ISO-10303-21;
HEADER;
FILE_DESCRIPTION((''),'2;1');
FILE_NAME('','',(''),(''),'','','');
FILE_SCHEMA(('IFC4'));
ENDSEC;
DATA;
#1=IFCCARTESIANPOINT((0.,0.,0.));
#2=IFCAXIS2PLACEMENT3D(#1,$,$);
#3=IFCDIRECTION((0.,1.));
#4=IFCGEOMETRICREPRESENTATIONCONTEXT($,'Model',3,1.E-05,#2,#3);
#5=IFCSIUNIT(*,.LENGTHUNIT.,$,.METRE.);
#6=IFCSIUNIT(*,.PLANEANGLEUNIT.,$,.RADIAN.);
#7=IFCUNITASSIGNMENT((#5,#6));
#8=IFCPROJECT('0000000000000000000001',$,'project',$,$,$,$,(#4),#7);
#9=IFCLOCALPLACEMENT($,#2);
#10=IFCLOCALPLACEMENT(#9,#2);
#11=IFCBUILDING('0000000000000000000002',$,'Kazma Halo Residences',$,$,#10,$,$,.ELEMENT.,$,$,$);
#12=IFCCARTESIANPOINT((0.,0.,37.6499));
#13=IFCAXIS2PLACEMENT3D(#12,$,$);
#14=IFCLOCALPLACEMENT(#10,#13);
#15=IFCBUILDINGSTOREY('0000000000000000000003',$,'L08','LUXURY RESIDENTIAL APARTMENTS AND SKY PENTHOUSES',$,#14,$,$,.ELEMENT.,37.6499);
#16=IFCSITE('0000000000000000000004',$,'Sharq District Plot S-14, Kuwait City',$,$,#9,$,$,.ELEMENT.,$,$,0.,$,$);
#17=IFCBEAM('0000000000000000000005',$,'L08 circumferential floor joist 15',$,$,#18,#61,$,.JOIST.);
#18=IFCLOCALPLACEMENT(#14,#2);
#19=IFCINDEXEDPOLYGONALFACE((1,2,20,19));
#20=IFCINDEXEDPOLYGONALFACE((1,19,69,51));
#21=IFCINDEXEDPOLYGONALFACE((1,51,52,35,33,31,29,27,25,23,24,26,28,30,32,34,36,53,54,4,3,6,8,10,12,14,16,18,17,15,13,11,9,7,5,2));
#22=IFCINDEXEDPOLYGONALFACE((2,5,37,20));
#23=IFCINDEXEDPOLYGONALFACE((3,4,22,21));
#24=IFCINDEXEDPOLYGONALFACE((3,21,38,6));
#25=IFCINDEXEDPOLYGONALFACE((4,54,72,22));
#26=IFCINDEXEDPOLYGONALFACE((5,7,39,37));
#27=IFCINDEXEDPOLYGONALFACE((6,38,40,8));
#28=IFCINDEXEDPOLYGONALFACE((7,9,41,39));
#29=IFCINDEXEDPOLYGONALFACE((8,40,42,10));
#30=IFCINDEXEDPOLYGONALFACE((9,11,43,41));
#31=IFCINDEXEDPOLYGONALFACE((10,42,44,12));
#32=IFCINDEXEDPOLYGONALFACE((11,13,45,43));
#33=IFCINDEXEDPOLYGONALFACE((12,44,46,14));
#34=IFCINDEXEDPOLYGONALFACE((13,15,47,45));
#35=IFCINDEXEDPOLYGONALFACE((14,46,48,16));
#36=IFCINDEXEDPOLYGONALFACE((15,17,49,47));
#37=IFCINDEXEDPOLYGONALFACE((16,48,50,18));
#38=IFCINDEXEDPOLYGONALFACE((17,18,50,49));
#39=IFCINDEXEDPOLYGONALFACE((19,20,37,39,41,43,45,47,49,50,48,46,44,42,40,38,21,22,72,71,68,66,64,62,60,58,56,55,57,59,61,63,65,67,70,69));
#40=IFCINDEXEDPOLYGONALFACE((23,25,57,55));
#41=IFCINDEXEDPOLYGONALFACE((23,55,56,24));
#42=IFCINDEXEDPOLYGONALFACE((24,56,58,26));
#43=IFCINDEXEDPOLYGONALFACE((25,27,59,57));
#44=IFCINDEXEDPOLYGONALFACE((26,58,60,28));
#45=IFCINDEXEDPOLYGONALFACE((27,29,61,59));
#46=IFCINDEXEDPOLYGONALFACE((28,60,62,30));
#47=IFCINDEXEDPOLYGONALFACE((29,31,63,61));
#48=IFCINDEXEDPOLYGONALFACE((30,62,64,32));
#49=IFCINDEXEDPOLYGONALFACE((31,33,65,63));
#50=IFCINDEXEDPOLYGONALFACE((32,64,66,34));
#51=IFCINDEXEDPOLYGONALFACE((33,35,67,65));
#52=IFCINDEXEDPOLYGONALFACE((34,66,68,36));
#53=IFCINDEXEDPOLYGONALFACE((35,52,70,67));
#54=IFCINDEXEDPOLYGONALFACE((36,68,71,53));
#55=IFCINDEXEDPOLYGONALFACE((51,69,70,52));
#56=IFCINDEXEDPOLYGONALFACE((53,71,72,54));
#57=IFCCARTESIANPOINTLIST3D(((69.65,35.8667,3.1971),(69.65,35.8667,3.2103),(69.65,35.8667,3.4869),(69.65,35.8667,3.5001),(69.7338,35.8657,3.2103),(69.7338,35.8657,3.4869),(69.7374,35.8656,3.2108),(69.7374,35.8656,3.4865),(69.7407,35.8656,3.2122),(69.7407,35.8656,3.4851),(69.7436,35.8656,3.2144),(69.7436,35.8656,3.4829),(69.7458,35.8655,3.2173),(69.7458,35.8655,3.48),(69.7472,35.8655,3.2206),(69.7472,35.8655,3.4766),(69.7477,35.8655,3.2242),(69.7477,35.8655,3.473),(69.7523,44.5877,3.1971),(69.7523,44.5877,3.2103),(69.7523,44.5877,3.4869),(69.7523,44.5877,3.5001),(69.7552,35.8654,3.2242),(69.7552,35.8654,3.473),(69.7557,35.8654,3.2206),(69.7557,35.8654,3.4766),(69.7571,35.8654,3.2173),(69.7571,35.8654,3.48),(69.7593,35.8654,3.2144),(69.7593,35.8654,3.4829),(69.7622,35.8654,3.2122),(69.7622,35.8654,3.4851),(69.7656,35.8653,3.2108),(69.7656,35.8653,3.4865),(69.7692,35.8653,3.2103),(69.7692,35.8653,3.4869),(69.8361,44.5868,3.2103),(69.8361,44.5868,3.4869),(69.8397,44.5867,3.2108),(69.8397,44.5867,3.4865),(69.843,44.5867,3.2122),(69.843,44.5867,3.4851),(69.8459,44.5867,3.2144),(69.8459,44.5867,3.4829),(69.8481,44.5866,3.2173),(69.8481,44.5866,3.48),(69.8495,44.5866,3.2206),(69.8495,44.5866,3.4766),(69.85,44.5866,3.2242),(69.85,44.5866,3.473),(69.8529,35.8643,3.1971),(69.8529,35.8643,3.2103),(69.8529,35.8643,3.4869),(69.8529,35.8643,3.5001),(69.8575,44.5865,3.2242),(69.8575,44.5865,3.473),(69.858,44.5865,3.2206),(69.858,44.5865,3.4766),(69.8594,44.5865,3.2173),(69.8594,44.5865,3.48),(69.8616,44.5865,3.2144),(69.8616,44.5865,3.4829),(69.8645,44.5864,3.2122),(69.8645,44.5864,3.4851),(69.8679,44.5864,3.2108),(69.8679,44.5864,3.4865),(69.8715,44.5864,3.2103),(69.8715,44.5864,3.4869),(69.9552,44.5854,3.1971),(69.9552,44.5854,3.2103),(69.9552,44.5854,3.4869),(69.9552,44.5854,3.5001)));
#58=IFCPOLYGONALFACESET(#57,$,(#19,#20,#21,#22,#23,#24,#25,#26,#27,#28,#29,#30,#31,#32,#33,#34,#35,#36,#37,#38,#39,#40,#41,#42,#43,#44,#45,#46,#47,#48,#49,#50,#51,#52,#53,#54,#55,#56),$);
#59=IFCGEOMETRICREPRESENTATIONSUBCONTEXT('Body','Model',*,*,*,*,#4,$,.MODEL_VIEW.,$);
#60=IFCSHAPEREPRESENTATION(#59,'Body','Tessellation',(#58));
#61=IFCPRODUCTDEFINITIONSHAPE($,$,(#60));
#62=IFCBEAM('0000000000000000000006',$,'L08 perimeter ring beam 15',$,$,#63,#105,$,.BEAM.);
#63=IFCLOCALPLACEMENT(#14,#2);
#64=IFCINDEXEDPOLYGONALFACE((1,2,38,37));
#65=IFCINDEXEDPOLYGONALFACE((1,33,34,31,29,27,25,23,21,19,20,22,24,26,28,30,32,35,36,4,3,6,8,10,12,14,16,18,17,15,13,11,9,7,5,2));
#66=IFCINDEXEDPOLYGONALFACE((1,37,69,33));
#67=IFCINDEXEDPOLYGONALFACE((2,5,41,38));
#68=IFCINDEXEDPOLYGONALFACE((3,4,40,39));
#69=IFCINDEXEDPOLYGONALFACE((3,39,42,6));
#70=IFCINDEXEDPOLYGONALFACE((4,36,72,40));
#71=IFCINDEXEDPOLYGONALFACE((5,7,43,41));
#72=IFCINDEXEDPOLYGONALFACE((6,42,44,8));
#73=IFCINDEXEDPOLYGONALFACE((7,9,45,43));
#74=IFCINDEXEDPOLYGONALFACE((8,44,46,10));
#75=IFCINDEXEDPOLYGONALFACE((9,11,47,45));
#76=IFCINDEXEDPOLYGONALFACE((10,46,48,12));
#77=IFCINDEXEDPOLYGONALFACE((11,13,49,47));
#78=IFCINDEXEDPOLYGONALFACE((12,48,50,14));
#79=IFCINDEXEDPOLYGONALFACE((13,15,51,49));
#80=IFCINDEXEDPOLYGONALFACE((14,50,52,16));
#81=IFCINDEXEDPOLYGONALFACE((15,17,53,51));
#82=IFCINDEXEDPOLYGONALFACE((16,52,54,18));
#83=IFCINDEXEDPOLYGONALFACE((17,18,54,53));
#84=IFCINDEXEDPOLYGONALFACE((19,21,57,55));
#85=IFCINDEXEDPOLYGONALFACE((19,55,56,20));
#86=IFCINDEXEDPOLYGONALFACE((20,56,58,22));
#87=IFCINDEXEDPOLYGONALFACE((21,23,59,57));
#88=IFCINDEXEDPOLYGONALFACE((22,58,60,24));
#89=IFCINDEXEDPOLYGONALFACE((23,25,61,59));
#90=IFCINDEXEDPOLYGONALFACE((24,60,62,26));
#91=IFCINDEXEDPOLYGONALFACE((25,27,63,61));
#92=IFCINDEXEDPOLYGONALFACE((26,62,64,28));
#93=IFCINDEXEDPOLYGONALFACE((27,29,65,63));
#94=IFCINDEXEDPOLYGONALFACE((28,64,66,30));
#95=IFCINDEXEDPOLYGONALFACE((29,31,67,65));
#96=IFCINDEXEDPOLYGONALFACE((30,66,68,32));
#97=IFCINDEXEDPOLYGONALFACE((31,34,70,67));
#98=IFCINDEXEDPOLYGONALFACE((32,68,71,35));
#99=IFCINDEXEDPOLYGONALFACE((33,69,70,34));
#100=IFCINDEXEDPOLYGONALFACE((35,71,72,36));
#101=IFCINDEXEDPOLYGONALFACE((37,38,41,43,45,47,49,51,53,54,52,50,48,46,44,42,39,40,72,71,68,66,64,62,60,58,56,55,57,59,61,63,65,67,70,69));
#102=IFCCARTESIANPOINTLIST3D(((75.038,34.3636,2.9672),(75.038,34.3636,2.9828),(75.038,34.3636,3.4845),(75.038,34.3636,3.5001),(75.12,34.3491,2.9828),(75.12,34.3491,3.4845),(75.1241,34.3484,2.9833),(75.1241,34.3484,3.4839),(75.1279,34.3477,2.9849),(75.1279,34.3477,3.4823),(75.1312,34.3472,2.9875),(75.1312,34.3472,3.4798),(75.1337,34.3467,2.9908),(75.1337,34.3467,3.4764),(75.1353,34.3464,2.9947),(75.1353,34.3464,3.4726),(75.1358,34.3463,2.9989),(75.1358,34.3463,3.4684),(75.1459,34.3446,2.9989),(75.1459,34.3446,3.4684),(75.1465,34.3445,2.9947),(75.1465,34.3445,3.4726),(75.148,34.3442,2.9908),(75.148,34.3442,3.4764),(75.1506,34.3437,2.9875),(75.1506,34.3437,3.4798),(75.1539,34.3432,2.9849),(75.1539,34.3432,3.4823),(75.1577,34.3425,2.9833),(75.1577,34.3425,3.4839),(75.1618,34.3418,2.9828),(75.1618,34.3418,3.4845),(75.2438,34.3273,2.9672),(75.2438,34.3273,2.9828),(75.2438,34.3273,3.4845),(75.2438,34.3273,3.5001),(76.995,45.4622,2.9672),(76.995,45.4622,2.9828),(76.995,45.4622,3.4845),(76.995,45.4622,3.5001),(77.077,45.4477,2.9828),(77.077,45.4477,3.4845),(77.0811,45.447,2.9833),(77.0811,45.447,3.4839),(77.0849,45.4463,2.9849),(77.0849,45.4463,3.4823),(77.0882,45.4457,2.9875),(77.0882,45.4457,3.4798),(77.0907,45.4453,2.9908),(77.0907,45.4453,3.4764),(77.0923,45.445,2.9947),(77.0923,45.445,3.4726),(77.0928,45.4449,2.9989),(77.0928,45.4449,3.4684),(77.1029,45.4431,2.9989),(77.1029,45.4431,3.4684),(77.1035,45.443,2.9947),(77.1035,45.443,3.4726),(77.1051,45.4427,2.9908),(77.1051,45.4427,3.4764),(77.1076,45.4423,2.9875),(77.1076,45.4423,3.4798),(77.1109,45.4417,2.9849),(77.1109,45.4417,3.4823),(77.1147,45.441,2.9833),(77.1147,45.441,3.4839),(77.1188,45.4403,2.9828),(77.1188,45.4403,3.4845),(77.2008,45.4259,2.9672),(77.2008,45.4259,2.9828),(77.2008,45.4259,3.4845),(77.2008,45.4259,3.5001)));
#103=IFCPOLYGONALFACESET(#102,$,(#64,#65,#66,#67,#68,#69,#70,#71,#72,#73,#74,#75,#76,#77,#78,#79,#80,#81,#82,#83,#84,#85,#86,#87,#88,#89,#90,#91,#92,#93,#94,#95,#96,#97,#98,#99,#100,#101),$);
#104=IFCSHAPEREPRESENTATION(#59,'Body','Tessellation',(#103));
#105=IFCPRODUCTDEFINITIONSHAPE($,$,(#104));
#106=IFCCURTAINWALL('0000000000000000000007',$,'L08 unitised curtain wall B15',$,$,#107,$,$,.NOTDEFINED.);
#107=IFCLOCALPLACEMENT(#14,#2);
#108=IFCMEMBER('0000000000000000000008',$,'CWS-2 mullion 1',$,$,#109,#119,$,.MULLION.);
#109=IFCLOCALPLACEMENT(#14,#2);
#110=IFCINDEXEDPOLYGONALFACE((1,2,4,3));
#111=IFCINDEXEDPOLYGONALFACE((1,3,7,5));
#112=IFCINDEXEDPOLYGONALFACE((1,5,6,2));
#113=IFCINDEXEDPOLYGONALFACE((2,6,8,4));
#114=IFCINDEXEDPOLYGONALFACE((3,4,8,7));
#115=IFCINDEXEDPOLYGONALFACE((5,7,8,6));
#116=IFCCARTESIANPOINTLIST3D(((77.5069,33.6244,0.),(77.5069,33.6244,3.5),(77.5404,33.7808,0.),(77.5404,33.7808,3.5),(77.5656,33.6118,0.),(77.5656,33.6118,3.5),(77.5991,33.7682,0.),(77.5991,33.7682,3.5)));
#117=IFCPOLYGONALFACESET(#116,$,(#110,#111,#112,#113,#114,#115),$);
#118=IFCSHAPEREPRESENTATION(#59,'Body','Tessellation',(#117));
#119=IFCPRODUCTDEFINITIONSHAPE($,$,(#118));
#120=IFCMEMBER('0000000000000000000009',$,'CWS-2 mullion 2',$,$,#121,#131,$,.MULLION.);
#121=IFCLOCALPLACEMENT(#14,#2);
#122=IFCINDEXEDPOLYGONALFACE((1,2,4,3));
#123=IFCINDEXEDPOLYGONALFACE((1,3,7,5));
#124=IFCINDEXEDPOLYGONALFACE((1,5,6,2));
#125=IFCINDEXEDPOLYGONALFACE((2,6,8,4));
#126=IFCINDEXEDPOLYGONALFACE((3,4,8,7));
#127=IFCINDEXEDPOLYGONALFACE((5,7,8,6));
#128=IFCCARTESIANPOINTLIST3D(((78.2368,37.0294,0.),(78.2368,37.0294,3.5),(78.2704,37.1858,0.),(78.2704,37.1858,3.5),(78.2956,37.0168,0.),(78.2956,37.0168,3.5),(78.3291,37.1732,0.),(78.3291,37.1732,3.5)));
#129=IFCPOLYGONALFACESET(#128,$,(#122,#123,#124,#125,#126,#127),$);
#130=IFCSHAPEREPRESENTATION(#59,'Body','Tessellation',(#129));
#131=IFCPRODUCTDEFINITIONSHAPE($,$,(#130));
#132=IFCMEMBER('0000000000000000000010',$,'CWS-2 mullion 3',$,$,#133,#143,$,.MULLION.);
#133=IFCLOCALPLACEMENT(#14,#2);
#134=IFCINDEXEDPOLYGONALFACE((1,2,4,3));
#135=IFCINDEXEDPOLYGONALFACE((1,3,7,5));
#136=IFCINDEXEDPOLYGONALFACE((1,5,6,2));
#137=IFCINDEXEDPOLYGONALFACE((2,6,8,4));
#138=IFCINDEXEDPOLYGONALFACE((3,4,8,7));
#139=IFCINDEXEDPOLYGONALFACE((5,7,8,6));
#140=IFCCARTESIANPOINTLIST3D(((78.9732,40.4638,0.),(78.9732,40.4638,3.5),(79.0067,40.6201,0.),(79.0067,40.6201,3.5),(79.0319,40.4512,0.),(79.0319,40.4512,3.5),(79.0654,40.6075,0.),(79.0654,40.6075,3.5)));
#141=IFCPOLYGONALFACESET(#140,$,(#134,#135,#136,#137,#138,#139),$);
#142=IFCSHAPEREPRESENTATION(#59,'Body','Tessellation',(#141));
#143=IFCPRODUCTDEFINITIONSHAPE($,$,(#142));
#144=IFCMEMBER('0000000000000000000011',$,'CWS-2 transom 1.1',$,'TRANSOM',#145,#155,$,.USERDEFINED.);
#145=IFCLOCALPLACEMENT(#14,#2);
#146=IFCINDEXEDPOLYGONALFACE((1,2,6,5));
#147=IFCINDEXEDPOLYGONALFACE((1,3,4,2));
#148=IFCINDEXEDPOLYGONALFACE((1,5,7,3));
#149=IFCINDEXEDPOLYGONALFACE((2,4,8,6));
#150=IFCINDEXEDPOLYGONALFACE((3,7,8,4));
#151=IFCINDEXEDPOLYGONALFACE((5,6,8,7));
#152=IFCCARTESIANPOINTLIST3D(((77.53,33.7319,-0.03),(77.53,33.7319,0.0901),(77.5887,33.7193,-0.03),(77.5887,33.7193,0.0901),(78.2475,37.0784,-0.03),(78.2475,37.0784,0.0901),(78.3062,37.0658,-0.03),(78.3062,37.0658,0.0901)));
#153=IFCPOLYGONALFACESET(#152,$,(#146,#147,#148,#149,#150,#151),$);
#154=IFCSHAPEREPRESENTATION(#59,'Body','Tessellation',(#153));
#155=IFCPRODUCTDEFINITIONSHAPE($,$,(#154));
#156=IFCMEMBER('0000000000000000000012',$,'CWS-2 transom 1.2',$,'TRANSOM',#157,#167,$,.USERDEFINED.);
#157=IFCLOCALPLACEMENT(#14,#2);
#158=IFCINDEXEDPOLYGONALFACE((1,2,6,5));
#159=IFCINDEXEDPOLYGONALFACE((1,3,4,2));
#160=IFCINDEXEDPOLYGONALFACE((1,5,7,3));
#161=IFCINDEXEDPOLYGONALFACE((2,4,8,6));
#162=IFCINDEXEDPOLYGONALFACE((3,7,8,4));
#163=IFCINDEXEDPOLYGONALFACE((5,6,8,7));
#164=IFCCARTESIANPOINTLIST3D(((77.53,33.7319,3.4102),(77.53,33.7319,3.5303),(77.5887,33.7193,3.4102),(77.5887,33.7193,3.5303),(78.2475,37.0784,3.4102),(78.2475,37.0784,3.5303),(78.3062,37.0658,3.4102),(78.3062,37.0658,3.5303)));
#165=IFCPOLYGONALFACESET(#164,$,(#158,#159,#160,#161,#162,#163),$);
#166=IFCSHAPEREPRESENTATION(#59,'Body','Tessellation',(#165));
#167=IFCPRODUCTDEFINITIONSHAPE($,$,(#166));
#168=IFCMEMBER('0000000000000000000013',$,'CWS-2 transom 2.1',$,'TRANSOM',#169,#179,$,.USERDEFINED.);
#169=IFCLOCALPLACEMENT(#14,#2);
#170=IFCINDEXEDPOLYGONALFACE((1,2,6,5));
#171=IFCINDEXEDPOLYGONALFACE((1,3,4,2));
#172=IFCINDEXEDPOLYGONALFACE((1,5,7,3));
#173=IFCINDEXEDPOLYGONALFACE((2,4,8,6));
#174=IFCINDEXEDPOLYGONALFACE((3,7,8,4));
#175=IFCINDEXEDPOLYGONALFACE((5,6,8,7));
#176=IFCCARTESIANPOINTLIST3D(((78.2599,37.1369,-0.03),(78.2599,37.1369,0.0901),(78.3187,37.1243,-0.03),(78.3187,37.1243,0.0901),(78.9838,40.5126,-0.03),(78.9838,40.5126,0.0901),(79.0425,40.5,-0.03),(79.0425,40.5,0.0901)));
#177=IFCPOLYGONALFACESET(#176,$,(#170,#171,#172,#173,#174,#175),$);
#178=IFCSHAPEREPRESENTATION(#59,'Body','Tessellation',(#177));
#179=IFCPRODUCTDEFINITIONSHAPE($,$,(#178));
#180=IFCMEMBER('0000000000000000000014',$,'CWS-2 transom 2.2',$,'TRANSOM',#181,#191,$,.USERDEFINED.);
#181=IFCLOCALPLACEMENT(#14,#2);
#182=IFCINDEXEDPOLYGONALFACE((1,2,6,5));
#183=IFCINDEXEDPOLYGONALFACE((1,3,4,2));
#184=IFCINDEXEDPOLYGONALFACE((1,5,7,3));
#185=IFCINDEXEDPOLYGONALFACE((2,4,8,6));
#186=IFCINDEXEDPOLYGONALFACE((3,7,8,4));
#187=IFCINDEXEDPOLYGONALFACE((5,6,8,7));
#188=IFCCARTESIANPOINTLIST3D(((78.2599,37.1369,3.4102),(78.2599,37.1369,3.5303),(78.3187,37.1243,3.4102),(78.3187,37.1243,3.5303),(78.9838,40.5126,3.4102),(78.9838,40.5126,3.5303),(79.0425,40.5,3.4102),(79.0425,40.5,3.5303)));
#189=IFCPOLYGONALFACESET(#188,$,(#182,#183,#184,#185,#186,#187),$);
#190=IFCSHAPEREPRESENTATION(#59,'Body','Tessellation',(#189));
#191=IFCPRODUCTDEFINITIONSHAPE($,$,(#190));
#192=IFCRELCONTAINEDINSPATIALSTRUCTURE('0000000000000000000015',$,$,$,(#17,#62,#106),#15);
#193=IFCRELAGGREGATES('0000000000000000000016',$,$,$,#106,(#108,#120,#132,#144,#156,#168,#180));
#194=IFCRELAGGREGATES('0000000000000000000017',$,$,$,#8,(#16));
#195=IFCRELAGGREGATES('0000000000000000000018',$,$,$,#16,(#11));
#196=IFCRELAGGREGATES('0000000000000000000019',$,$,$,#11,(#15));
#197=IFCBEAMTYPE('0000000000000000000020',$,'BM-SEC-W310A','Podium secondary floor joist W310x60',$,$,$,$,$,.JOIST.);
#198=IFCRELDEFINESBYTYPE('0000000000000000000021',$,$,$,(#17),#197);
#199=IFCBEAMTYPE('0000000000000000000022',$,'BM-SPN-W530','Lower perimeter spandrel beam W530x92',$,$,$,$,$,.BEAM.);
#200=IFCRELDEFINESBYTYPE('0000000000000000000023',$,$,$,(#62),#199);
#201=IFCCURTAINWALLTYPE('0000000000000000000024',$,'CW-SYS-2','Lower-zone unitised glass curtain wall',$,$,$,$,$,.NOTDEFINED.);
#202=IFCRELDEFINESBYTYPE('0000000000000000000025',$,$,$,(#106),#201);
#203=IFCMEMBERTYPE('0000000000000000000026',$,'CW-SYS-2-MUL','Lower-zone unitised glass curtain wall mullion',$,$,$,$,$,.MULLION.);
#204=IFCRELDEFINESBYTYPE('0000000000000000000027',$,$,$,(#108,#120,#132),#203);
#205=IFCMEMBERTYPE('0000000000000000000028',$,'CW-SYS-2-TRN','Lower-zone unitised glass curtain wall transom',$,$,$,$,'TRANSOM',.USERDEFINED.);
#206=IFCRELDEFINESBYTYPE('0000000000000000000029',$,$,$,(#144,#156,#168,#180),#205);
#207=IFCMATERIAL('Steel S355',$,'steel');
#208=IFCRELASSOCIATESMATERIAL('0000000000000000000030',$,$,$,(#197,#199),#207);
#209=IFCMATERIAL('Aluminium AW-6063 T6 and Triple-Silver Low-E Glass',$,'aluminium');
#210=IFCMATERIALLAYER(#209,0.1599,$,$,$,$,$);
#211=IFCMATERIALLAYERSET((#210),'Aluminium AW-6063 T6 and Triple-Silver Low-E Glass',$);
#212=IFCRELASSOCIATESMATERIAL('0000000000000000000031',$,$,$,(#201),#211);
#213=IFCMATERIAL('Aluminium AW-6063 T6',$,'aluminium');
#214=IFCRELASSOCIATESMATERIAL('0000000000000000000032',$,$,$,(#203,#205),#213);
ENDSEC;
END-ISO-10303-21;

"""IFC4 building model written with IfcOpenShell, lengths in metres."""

from ifc_helpers import new_model, si_unit, direction, frame, origin, origin_2d, place, context, subcontext, project, spatial, rectangle, i_section, extrude, material, layer, layer_set, material_profile, profile_set, type_object, element, aggregate, save


model = new_model("IFC4")

# Units and contexts
model_context = context("Model", 3, precision=1e-05, world=origin(), true_north=direction((0.0, 1.0)))
body_context = subcontext(model_context, "Body", "Model", "MODEL_VIEW")
ifc_project = project(units=[si_unit("LENGTHUNIT", "METRE"), si_unit("PLANEANGLEUNIT", "RADIAN")], contexts=[model_context])

# Site, building, storey
site_placement = place(None, origin())
site = spatial("IfcSite", under=ifc_project, at=site_placement, Name="Sharq District Plot S-14, Kuwait City", CompositionType="ELEMENT", RefElevation=0.0)
building_placement = place(site_placement, origin())
building = spatial("IfcBuilding", under=site, at=building_placement, Name="Kazma Halo Residences", CompositionType="ELEMENT")
storey_placement = place(building_placement, frame((0.0, 0.0, 37.6499)))
storey = spatial("IfcBuildingStorey", under=building, at=storey_placement, Name="L08", Description="LUXURY RESIDENTIAL APARTMENTS AND SKY PENTHOUSES", CompositionType="ELEMENT", Elevation=37.6499)

# Beams
ifc_material_1 = material(Name="Steel S355", Category="steel")
ifc_material_profile_1 = material_profile(ifc_material_1, i_section(OverallWidth=0.2029, OverallDepth=0.303, WebThickness=0.0076, FlangeThickness=0.0132, FilletRadius=0.0139, at=origin_2d()), Name="W310x60")
ifc_profile_set_1 = profile_set([ifc_material_profile_1], Name="Steel S355")
beam_type_1 = type_object("IfcBeamType", Name="BM-SEC-W310A", Description="Podium secondary floor joist W310x60", PredefinedType="JOIST", material=ifc_profile_set_1)
beam_1_placement = place(storey_placement, frame((69.7515, 35.8655, 3.3486), z_axis=(0.011729, 0.999931, 0.0), x_axis=(-0.999931, 0.011729, 0.0)))
element("IfcBeam", 1, at=beam_1_placement, inside=storey, type_object=beam_type_1, Name="L08 circumferential floor joist 15", PredefinedType="JOIST", context=body_context, shape_type="SweptSolid", body=[
    extrude(i_section(OverallWidth=0.2029, OverallDepth=0.303, WebThickness=0.0076, FlangeThickness=0.0132, FilletRadius=0.0139, at=origin_2d()), origin(), (0.0, 0.0, 1.0), 8.7217),
])
ifc_material_profile_2 = material_profile(ifc_material_1, i_section(OverallWidth=0.209, OverallDepth=0.533, WebThickness=0.0103, FlangeThickness=0.0156, FilletRadius=0.0161, at=origin_2d()), Name="W530x92")
ifc_profile_set_2 = profile_set([ifc_material_profile_2], Name="Steel S355")
beam_type_2 = type_object("IfcBeamType", Name="BM-SPN-W530", Description="Lower perimeter spandrel beam W530x92", PredefinedType="BEAM", material=ifc_profile_set_2)
beam_2_placement = place(storey_placement, frame((75.1409, 34.3455, 3.2336), z_axis=(0.173652, 0.984807, 0.0), x_axis=(-0.984807, 0.173652, 0.0)))
element("IfcBeam", 2, at=beam_2_placement, inside=storey, type_object=beam_type_2, Name="L08 perimeter ring beam 15", PredefinedType="BEAM", context=body_context, shape_type="SweptSolid", body=[
    extrude(i_section(OverallWidth=0.209, OverallDepth=0.533, WebThickness=0.0103, FlangeThickness=0.0156, FilletRadius=0.0161, at=origin_2d()), origin(), (0.0, 0.0, 1.0), 11.2698),
])

# Curtain wall, members
ifc_material_2 = material(Name="Aluminium AW-6063 T6 and Triple-Silver Low-E Glass", Category="aluminium")
ifc_layer_1 = layer(ifc_material_2, 0.1599)
ifc_layer_set_1 = layer_set([ifc_layer_1], Name="Aluminium AW-6063 T6 and Triple-Silver Low-E Glass")
curtain_wall_type = type_object("IfcCurtainWallType", Name="CW-SYS-2", Description="Lower-zone unitised glass curtain wall", PredefinedType="NOTDEFINED", material=ifc_layer_set_1)
curtain_wall_placement = place(storey_placement, origin())
curtain_wall = element("IfcCurtainWall", 3, at=curtain_wall_placement, inside=storey, type_object=curtain_wall_type, Name="L08 unitised curtain wall B15", PredefinedType="NOTDEFINED")
ifc_material_3 = material(Name="Aluminium AW-6063 T6", Category="aluminium")
ifc_material_profile_3 = material_profile(ifc_material_3, rectangle(XDim=0.0601, YDim=0.1599, at=origin_2d()), Name="CWM-60x160")
ifc_profile_set_3 = profile_set([ifc_material_profile_3], Name="Aluminium AW-6063 T6")
member_type_1 = type_object("IfcMemberType", Name="CW-SYS-2-MUL", Description="Lower-zone unitised glass curtain wall mullion", PredefinedType="MULLION", material=ifc_profile_set_3)
member_1_placement = place(storey_placement, frame((77.553, 33.6963, 0.0), z_axis=(0.0, 0.0, 1.0), x_axis=(-0.977779, 0.209637, 0.0)))
member_1 = element("IfcMember", 4, at=member_1_placement, type_object=member_type_1, Name="CWS-2 mullion 1", PredefinedType="MULLION", context=body_context, shape_type="SweptSolid", body=[
    extrude(rectangle(XDim=0.0601, YDim=0.1599, at=origin_2d()), origin(), (0.0, 0.0, 1.0), 3.5),
])
member_2_placement = place(storey_placement, frame((78.283, 37.1013, 0.0), z_axis=(0.0, 0.0, 1.0), x_axis=(-0.977779, 0.209637, 0.0)))
member_2 = element("IfcMember", 5, at=member_2_placement, type_object=member_type_1, Name="CWS-2 mullion 2", PredefinedType="MULLION", context=body_context, shape_type="SweptSolid", body=[
    extrude(rectangle(XDim=0.0601, YDim=0.1599, at=origin_2d()), origin(), (0.0, 0.0, 1.0), 3.5),
])
member_3_placement = place(storey_placement, frame((79.0193, 40.5356, 0.0), z_axis=(0.0, 0.0, 1.0), x_axis=(-0.977779, 0.209637, 0.0)))
member_3 = element("IfcMember", 6, at=member_3_placement, type_object=member_type_1, Name="CWS-2 mullion 3", PredefinedType="MULLION", context=body_context, shape_type="SweptSolid", body=[
    extrude(rectangle(XDim=0.0601, YDim=0.1599, at=origin_2d()), origin(), (0.0, 0.0, 1.0), 3.5),
])
ifc_material_profile_4 = material_profile(ifc_material_3, rectangle(XDim=0.0601, YDim=0.1201, at=origin_2d()), Name="CWT-60x120")
ifc_profile_set_4 = profile_set([ifc_material_profile_4], Name="Aluminium AW-6063 T6")
member_type_2 = type_object("IfcMemberType", Name="CW-SYS-2-TRN", Description="Lower-zone unitised glass curtain wall transom", ElementType="TRANSOM", PredefinedType="USERDEFINED", material=ifc_profile_set_4)
member_4_placement = place(storey_placement, frame((77.5593, 33.7256, 0.03), z_axis=(0.209651, 0.977776, 0.0), x_axis=(-0.977776, 0.209651, 0.0)))
member_4 = element("IfcMember", 7, at=member_4_placement, type_object=member_type_2, Name="CWS-2 transom 1.1", ObjectType="TRANSOM", PredefinedType="USERDEFINED", context=body_context, shape_type="SweptSolid", body=[
    extrude(rectangle(XDim=0.0601, YDim=0.1201, at=origin_2d()), origin(), (0.0, 0.0, 1.0), 3.4226),
])
member_5_placement = place(storey_placement, frame((77.5593, 33.7256, 3.4702), z_axis=(0.209651, 0.977776, 0.0), x_axis=(-0.977776, 0.209651, 0.0)))
member_5 = element("IfcMember", 8, at=member_5_placement, type_object=member_type_2, Name="CWS-2 transom 1.2", ObjectType="TRANSOM", PredefinedType="USERDEFINED", context=body_context, shape_type="SweptSolid", body=[
    extrude(rectangle(XDim=0.0601, YDim=0.1201, at=origin_2d()), origin(), (0.0, 0.0, 1.0), 3.4226),
])
member_6_placement = place(storey_placement, frame((78.2893, 37.1306, 0.03), z_axis=(0.209669, 0.977772, 0.0), x_axis=(-0.977772, 0.209669, 0.0)))
member_6 = element("IfcMember", 9, at=member_6_placement, type_object=member_type_2, Name="CWS-2 transom 2.1", ObjectType="TRANSOM", PredefinedType="USERDEFINED", context=body_context, shape_type="SweptSolid", body=[
    extrude(rectangle(XDim=0.0601, YDim=0.1201, at=origin_2d()), origin(), (0.0, 0.0, 1.0), 3.4524),
])
member_7_placement = place(storey_placement, frame((78.2893, 37.1306, 3.4702), z_axis=(0.209669, 0.977772, 0.0), x_axis=(-0.977772, 0.209669, 0.0)))
member_7 = element("IfcMember", 10, at=member_7_placement, type_object=member_type_2, Name="CWS-2 transom 2.2", ObjectType="TRANSOM", PredefinedType="USERDEFINED", context=body_context, shape_type="SweptSolid", body=[
    extrude(rectangle(XDim=0.0601, YDim=0.1201, at=origin_2d()), origin(), (0.0, 0.0, 1.0), 3.4524),
])
aggregate(curtain_wall, [member_1, member_2, member_3, member_4, member_5, member_6, member_7])

save(model, "model.ifc")
